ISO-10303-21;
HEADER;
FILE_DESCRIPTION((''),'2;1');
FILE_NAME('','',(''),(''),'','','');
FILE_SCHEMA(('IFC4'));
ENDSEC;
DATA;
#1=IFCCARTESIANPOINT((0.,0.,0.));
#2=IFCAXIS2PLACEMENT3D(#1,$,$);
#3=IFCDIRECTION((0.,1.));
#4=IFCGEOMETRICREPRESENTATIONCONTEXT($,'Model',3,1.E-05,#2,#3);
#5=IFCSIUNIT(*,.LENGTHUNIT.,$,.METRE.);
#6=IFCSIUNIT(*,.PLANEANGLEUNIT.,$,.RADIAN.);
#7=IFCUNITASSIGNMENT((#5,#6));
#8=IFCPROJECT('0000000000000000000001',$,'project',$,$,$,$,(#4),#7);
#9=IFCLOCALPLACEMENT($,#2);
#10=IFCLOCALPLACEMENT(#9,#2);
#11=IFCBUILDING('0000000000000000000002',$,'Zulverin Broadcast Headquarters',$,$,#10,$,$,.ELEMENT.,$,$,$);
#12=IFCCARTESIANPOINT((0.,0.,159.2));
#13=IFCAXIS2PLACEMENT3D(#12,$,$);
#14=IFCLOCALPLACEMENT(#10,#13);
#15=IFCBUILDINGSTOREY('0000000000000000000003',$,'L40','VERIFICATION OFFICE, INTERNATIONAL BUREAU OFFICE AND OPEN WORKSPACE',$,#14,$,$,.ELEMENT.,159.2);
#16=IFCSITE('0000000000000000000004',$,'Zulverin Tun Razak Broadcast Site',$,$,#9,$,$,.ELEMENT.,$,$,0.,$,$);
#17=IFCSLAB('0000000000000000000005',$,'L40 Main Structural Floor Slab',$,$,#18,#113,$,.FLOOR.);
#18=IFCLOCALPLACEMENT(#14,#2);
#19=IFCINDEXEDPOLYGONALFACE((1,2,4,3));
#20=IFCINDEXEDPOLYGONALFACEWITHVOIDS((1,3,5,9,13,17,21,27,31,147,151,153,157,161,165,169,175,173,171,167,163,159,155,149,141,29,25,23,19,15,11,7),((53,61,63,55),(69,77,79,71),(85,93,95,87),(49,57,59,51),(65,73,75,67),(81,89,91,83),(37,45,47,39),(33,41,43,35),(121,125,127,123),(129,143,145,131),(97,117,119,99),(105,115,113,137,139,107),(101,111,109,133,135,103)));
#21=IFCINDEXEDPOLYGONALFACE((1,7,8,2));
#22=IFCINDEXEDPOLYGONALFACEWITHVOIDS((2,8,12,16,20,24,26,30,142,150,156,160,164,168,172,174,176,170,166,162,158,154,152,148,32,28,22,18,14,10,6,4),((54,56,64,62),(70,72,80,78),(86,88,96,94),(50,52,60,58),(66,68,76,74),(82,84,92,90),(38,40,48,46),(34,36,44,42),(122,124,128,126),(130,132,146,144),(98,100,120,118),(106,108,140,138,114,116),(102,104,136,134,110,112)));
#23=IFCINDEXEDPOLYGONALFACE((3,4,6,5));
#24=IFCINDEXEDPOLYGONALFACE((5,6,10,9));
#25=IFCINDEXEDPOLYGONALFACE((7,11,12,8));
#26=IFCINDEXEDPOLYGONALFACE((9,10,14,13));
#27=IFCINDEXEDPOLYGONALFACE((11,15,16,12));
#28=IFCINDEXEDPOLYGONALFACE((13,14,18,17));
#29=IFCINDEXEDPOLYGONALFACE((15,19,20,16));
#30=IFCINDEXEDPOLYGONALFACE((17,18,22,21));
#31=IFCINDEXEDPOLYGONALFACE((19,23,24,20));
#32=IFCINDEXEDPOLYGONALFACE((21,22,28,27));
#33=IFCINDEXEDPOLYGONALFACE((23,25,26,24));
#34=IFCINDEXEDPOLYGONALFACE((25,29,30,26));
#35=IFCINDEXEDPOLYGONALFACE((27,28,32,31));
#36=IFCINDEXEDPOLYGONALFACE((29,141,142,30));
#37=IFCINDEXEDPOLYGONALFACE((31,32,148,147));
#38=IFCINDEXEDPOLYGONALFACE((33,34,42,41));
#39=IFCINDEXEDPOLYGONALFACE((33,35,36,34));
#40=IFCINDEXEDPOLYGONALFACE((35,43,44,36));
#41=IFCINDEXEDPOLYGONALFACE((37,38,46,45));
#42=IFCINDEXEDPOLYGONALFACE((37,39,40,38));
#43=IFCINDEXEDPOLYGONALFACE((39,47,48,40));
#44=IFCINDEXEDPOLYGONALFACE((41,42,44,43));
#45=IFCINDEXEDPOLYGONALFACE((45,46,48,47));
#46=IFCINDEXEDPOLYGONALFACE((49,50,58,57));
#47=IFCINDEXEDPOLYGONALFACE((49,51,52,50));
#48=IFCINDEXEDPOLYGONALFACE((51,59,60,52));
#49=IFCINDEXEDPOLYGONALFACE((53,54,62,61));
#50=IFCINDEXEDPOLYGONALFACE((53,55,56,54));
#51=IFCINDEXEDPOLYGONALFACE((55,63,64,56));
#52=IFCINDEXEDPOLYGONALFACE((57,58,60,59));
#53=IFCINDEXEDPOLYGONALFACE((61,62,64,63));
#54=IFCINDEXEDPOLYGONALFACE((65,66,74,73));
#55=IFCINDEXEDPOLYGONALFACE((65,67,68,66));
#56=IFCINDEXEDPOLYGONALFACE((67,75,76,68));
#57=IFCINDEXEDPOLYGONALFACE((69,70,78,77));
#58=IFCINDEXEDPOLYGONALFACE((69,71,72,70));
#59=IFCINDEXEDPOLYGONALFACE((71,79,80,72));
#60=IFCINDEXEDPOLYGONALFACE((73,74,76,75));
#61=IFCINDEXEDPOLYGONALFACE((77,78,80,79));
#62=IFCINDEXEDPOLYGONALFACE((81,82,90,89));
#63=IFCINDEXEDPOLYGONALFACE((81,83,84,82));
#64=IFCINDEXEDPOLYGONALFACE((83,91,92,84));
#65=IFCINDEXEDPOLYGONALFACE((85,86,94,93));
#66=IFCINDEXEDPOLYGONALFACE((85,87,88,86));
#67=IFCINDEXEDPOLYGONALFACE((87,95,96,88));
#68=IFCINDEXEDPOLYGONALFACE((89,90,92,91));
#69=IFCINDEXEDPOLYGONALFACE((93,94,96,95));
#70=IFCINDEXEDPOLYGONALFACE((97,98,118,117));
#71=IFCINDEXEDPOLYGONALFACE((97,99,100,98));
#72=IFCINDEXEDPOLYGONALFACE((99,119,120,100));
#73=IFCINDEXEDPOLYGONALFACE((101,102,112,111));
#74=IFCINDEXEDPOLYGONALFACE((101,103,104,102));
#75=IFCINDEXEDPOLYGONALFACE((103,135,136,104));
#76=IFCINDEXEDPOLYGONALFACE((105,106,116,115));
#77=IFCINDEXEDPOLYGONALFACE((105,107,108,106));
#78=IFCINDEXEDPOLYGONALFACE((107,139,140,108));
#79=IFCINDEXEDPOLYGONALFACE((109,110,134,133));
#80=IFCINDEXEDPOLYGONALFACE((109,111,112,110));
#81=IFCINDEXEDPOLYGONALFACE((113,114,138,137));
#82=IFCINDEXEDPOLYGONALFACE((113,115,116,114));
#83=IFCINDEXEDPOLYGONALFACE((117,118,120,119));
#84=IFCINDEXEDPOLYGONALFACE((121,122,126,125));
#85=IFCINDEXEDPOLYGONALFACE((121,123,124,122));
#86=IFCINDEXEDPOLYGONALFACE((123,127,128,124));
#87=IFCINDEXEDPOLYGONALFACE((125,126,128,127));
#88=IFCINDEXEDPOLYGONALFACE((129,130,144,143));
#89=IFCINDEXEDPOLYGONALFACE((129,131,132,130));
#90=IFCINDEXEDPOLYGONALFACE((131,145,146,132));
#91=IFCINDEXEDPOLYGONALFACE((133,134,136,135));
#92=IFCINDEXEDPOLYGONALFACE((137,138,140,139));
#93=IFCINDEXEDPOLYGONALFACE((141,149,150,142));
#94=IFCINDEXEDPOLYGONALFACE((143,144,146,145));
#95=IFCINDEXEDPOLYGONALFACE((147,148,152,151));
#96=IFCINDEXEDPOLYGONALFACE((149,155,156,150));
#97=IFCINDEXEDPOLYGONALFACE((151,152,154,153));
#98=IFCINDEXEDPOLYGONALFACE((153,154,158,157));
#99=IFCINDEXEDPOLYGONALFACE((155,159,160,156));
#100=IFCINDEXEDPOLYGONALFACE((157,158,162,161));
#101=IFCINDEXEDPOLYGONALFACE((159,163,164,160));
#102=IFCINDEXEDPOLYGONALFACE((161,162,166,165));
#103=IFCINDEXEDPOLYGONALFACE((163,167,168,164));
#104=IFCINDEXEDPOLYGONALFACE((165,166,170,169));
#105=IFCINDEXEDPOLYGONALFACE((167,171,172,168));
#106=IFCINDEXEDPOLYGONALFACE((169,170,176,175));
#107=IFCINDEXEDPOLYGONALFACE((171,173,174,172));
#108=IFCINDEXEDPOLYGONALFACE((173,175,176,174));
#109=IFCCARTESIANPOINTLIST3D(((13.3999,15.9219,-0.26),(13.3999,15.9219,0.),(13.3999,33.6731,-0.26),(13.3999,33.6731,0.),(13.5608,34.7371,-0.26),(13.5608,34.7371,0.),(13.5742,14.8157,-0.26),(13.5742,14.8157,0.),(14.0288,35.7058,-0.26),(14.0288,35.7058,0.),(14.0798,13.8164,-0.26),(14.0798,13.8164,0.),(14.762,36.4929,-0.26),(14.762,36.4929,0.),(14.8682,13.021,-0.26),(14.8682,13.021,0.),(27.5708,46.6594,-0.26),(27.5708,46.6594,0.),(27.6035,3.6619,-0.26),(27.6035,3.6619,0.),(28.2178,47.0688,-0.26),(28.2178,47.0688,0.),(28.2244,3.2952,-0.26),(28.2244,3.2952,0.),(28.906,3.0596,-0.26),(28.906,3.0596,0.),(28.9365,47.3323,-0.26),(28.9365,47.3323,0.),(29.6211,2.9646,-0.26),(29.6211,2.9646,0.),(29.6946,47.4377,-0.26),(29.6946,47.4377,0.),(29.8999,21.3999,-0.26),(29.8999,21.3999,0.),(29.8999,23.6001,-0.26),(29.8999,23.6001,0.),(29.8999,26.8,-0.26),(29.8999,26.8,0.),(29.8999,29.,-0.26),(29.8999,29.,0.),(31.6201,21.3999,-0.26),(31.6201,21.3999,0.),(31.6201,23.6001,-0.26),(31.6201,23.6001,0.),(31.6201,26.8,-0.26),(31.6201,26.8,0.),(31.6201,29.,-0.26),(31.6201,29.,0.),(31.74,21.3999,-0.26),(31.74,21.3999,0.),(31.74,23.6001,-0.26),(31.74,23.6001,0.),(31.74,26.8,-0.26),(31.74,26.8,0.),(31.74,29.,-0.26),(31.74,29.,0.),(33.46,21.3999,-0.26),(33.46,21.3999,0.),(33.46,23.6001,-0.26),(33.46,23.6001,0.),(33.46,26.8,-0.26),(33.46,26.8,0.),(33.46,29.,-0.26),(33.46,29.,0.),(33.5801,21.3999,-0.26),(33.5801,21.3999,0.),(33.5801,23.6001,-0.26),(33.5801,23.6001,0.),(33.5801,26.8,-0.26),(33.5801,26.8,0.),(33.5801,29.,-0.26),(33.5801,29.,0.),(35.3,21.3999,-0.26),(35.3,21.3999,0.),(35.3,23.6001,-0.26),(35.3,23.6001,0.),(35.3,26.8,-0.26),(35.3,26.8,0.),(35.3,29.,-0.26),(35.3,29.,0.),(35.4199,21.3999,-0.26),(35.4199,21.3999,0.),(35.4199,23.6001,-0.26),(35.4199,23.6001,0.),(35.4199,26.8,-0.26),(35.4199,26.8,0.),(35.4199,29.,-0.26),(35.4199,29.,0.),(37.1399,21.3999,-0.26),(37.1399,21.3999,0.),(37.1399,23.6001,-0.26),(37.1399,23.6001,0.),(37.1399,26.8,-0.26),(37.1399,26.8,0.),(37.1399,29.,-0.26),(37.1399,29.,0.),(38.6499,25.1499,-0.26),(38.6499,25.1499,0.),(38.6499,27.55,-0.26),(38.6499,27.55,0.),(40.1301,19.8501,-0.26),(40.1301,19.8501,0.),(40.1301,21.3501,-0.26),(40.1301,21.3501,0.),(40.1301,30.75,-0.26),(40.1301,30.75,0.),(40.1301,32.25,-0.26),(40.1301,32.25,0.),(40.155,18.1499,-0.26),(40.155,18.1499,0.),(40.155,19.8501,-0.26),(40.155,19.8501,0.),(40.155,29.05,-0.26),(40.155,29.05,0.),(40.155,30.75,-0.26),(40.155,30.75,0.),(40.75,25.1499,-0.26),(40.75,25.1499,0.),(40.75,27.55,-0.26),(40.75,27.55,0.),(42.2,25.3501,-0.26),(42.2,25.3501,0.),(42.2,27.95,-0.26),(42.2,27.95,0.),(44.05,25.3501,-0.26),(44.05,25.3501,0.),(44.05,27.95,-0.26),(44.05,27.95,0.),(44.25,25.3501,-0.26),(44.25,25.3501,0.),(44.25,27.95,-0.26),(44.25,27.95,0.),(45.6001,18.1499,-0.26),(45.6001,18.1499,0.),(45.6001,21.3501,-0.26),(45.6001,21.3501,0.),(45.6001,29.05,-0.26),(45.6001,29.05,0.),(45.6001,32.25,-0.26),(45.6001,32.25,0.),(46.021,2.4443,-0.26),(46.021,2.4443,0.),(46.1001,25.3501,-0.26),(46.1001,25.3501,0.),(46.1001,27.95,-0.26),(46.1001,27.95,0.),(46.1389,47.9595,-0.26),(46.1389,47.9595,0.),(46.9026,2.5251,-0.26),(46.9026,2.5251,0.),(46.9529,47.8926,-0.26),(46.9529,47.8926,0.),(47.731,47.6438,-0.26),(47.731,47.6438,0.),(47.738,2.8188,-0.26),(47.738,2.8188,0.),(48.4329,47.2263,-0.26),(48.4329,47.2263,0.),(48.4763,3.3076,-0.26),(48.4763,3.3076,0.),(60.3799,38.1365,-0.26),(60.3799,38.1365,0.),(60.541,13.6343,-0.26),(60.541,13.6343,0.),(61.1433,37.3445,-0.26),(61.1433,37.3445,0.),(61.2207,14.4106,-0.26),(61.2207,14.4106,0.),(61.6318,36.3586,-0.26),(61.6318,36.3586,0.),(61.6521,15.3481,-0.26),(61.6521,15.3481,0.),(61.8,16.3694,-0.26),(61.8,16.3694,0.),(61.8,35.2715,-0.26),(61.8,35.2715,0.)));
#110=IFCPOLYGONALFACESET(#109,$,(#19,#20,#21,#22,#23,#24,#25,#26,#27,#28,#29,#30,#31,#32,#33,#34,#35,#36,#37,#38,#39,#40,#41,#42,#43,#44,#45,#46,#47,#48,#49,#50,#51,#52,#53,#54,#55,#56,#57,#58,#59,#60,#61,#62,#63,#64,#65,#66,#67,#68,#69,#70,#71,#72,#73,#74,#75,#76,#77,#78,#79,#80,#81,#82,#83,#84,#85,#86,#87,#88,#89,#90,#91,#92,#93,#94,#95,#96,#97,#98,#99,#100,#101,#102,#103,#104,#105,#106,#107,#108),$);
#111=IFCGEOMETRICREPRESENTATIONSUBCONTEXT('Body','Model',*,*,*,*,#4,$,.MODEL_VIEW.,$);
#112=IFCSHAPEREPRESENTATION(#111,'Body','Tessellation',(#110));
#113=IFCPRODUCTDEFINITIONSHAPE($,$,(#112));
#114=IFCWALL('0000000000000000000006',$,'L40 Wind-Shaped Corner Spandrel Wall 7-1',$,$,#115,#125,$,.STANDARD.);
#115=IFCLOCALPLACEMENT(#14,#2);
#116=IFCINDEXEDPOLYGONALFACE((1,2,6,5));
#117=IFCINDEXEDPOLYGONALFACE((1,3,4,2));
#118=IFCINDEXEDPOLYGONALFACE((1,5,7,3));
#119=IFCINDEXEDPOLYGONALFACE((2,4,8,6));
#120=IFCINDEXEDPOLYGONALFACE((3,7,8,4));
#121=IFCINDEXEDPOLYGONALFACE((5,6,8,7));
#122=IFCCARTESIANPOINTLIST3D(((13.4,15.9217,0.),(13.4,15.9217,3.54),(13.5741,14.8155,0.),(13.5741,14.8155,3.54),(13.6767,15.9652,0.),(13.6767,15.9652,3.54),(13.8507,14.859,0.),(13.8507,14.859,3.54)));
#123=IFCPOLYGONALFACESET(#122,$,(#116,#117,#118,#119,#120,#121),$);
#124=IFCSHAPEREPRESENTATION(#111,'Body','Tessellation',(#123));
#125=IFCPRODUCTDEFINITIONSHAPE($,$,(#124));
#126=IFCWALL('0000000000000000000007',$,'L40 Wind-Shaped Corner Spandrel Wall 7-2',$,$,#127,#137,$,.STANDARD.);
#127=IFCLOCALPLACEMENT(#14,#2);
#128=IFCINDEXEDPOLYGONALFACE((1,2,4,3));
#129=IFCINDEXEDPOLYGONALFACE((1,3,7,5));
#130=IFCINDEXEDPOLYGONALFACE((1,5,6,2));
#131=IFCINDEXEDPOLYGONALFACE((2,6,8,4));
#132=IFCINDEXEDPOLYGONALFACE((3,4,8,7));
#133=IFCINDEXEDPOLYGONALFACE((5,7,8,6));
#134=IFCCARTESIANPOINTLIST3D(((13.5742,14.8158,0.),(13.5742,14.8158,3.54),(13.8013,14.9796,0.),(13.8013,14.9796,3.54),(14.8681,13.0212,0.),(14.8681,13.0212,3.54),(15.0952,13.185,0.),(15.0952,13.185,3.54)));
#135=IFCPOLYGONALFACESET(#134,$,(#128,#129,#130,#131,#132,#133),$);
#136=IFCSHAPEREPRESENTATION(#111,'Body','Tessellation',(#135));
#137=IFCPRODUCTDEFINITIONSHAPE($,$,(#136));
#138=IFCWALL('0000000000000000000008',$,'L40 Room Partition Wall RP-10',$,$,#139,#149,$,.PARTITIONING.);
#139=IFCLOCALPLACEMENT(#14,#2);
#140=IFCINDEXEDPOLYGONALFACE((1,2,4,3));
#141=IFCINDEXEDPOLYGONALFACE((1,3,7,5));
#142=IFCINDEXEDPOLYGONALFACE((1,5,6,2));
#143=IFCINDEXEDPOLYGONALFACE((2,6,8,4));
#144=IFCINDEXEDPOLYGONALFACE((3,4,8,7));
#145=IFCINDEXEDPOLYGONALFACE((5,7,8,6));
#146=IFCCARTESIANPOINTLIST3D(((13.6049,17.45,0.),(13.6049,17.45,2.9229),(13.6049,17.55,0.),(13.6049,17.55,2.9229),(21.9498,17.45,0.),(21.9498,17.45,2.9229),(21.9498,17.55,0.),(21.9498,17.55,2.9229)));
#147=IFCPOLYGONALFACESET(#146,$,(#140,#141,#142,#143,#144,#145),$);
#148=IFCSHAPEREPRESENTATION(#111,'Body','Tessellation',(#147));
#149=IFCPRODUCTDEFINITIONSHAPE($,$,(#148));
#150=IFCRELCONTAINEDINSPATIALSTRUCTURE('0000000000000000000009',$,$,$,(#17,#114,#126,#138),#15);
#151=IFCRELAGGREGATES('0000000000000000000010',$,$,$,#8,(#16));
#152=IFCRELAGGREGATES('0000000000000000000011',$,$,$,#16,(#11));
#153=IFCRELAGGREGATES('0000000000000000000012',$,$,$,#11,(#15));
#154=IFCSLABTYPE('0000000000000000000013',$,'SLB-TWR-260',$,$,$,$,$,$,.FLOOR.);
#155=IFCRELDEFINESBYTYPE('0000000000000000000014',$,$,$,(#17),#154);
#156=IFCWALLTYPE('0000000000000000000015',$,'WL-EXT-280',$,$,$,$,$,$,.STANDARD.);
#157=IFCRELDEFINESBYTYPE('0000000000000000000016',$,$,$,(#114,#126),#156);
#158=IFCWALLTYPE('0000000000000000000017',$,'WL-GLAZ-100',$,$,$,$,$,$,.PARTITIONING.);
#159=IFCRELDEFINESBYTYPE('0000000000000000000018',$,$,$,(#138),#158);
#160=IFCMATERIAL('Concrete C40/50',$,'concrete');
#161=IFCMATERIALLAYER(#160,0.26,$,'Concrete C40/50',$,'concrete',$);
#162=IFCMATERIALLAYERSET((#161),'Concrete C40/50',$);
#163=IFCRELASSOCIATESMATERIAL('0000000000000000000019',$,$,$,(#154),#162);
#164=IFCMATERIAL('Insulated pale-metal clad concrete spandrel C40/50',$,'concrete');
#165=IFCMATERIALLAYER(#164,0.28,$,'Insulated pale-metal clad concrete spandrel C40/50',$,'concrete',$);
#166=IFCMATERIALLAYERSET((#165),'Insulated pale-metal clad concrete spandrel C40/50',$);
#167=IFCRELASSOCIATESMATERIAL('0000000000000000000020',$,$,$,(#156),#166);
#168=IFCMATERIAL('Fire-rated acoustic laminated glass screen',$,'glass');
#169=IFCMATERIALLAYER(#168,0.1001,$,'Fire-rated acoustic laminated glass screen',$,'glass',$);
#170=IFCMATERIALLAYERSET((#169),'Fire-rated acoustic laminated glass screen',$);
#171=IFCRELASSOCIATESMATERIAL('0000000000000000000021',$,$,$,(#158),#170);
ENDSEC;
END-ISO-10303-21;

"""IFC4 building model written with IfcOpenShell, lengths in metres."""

from ifc_helpers import new_model, si_unit, direction, frame, frame_2d, origin, place, context, subcontext, project, spatial, polyline, rectangle, outline, extrude, material, layer, layer_set, type_object, element, save


model = new_model("IFC4")

# Units and contexts
model_context = context("Model", 3, precision=1e-05, world=origin(), true_north=direction((0.0, 1.0)))
body_context = subcontext(model_context, "Body", "Model", "MODEL_VIEW")
ifc_project = project(units=[si_unit("LENGTHUNIT", "METRE"), si_unit("PLANEANGLEUNIT", "RADIAN")], contexts=[model_context])

# Site, building, storey
site_placement = place(None, origin())
site = spatial("IfcSite", under=ifc_project, at=site_placement, Name="Zulverin Tun Razak Broadcast Site", CompositionType="ELEMENT", RefElevation=0.0)
building_placement = place(site_placement, origin())
building = spatial("IfcBuilding", under=site, at=building_placement, Name="Zulverin Broadcast Headquarters", CompositionType="ELEMENT")
storey_placement = place(building_placement, frame((0.0, 0.0, 159.2)))
storey = spatial("IfcBuildingStorey", under=building, at=storey_placement, Name="L40", Description="VERIFICATION OFFICE, INTERNATIONAL BUREAU OFFICE AND OPEN WORKSPACE", CompositionType="ELEMENT", Elevation=159.2)

# Shared definitions
ifc_material_1 = material(Name="Concrete C40/50", Category="concrete")

# Slab
ifc_layer_1 = layer(ifc_material_1, 0.26, Name="Concrete C40/50", Category="concrete")
ifc_layer_set_1 = layer_set([ifc_layer_1], Name="Concrete C40/50")
slab_type_1 = type_object("IfcSlabType", Name="SLB-TWR-260", PredefinedType="FLOOR", material=ifc_layer_set_1)
slab_1_placement = place(storey_placement, frame((0.0, 0.0, -0.26)))
element("IfcSlab", 1, at=slab_1_placement, inside=storey, type_object=slab_type_1, Name="L40 Main Structural Floor Slab", PredefinedType="FLOOR", context=body_context, shape_type="SweptSolid", body=[
    extrude(outline(polyline([(27.6035, 3.6619), (28.2244, 3.2952), (28.906, 3.0596), (29.6211, 2.9646), (46.021, 2.4443), (46.9026, 2.5251), (47.738, 2.8188), (48.4763, 3.3076), (60.541, 13.6343), (61.2207, 14.4106), (61.6521, 15.3481), (61.8, 16.3694), (61.8, 35.2715), (61.6318, 36.3586), (61.1433, 37.3445), (60.3799, 38.1365), (48.4329, 47.2263), (47.731, 47.6438), (46.9529, 47.8926), (46.1389, 47.9595), (29.6946, 47.4377), (28.9365, 47.3323), (28.2178, 47.0688), (27.5708, 46.6594), (14.762, 36.4929), (14.0288, 35.7058), (13.5608, 34.7371), (13.3999, 33.6731), (13.3999, 15.9219), (13.5742, 14.8157), (14.0798, 13.8164), (14.8682, 13.021), (27.6035, 3.6619)]), holes=[polyline([(40.155, 30.75), (40.1301, 30.75), (40.1301, 32.25), (45.6001, 32.25), (45.6001, 29.05), (40.155, 29.05), (40.155, 30.75)]), polyline([(40.155, 19.8501), (40.1301, 19.8501), (40.1301, 21.3501), (45.6001, 21.3501), (45.6001, 18.1499), (40.155, 18.1499), (40.155, 19.8501)]), polyline([(29.8999, 21.3999), (31.6201, 21.3999), (31.6201, 23.6001), (29.8999, 23.6001), (29.8999, 21.3999)]), polyline([(31.74, 21.3999), (33.46, 21.3999), (33.46, 23.6001), (31.74, 23.6001), (31.74, 21.3999)]), polyline([(33.5801, 21.3999), (35.3, 21.3999), (35.3, 23.6001), (33.5801, 23.6001), (33.5801, 21.3999)]), polyline([(35.4199, 21.3999), (37.1399, 21.3999), (37.1399, 23.6001), (35.4199, 23.6001), (35.4199, 21.3999)]), polyline([(29.8999, 26.8), (31.6201, 26.8), (31.6201, 29.0), (29.8999, 29.0), (29.8999, 26.8)]), polyline([(31.74, 26.8), (33.46, 26.8), (33.46, 29.0), (31.74, 29.0), (31.74, 26.8)]), polyline([(33.5801, 26.8), (35.3, 26.8), (35.3, 29.0), (33.5801, 29.0), (33.5801, 26.8)]), polyline([(35.4199, 26.8), (37.1399, 26.8), (37.1399, 29.0), (35.4199, 29.0), (35.4199, 26.8)]), polyline([(42.2, 25.3501), (44.05, 25.3501), (44.05, 27.95), (42.2, 27.95), (42.2, 25.3501)]), polyline([(44.25, 25.3501), (46.1001, 25.3501), (46.1001, 27.95), (44.25, 27.95), (44.25, 25.3501)]), polyline([(38.6499, 25.1499), (40.75, 25.1499), (40.75, 27.55), (38.6499, 27.55), (38.6499, 25.1499)])]), origin(), (0.0, 0.0, 1.0), 0.26),
])

# Walls
ifc_material_2 = material(Name="Insulated pale-metal clad concrete spandrel C40/50", Category="concrete")
ifc_layer_2 = layer(ifc_material_2, 0.28, Name="Insulated pale-metal clad concrete spandrel C40/50", Category="concrete")
ifc_layer_set_2 = layer_set([ifc_layer_2], Name="Insulated pale-metal clad concrete spandrel C40/50")
wall_type_1 = type_object("IfcWallType", Name="WL-EXT-280", PredefinedType="STANDARD", material=ifc_layer_set_2)
wall_1_placement = place(storey_placement, frame((13.5383, 15.9436, 0.0), z_axis=(0.0, 0.0, 1.0), x_axis=(0.155448, -0.987844, 0.0)))
element("IfcWall", 2, at=wall_1_placement, inside=storey, type_object=wall_type_1, Name="L40 Wind-Shaped Corner Spandrel Wall 7-1", PredefinedType="STANDARD", context=body_context, shape_type="SweptSolid", body=[
    extrude(rectangle(XDim=1.1199, YDim=0.28, at=frame_2d((0.5601, 0.0))), origin(), (0.0, 0.0, 1.0), 3.54),
])
wall_2_placement = place(storey_placement, frame((13.6877, 14.8977, 0.0), z_axis=(0.0, 0.0, 1.0), x_axis=(0.584834, -0.811153, 0.0)))
element("IfcWall", 3, at=wall_2_placement, inside=storey, type_object=wall_type_1, Name="L40 Wind-Shaped Corner Spandrel Wall 7-2", PredefinedType="STANDARD", context=body_context, shape_type="SweptSolid", body=[
    extrude(rectangle(XDim=2.2124, YDim=0.28, at=frame_2d((1.1062, 0.0))), origin(), (0.0, 0.0, 1.0), 3.54),
])
ifc_material_3 = material(Name="Fire-rated acoustic laminated glass screen", Category="glass")
ifc_layer_3 = layer(ifc_material_3, 0.1001, Name="Fire-rated acoustic laminated glass screen", Category="glass")
ifc_layer_set_3 = layer_set([ifc_layer_3], Name="Fire-rated acoustic laminated glass screen")
wall_type_2 = type_object("IfcWallType", Name="WL-GLAZ-100", PredefinedType="PARTITIONING", material=ifc_layer_set_3)
wall_3_placement = place(storey_placement, frame((13.605, 17.5, 0.0), z_axis=(0.0, 0.0, 1.0), x_axis=(1.0, 0.0, 0.0)))
element("IfcWall", 4, at=wall_3_placement, inside=storey, type_object=wall_type_2, Name="L40 Room Partition Wall RP-10", PredefinedType="PARTITIONING", context=body_context, shape_type="SweptSolid", body=[
    extrude(rectangle(XDim=8.345, YDim=0.1001, at=frame_2d((4.1724, 0.0))), origin(), (0.0, 0.0, 1.0), 2.9229),
])

save(model, "model.ifc")
